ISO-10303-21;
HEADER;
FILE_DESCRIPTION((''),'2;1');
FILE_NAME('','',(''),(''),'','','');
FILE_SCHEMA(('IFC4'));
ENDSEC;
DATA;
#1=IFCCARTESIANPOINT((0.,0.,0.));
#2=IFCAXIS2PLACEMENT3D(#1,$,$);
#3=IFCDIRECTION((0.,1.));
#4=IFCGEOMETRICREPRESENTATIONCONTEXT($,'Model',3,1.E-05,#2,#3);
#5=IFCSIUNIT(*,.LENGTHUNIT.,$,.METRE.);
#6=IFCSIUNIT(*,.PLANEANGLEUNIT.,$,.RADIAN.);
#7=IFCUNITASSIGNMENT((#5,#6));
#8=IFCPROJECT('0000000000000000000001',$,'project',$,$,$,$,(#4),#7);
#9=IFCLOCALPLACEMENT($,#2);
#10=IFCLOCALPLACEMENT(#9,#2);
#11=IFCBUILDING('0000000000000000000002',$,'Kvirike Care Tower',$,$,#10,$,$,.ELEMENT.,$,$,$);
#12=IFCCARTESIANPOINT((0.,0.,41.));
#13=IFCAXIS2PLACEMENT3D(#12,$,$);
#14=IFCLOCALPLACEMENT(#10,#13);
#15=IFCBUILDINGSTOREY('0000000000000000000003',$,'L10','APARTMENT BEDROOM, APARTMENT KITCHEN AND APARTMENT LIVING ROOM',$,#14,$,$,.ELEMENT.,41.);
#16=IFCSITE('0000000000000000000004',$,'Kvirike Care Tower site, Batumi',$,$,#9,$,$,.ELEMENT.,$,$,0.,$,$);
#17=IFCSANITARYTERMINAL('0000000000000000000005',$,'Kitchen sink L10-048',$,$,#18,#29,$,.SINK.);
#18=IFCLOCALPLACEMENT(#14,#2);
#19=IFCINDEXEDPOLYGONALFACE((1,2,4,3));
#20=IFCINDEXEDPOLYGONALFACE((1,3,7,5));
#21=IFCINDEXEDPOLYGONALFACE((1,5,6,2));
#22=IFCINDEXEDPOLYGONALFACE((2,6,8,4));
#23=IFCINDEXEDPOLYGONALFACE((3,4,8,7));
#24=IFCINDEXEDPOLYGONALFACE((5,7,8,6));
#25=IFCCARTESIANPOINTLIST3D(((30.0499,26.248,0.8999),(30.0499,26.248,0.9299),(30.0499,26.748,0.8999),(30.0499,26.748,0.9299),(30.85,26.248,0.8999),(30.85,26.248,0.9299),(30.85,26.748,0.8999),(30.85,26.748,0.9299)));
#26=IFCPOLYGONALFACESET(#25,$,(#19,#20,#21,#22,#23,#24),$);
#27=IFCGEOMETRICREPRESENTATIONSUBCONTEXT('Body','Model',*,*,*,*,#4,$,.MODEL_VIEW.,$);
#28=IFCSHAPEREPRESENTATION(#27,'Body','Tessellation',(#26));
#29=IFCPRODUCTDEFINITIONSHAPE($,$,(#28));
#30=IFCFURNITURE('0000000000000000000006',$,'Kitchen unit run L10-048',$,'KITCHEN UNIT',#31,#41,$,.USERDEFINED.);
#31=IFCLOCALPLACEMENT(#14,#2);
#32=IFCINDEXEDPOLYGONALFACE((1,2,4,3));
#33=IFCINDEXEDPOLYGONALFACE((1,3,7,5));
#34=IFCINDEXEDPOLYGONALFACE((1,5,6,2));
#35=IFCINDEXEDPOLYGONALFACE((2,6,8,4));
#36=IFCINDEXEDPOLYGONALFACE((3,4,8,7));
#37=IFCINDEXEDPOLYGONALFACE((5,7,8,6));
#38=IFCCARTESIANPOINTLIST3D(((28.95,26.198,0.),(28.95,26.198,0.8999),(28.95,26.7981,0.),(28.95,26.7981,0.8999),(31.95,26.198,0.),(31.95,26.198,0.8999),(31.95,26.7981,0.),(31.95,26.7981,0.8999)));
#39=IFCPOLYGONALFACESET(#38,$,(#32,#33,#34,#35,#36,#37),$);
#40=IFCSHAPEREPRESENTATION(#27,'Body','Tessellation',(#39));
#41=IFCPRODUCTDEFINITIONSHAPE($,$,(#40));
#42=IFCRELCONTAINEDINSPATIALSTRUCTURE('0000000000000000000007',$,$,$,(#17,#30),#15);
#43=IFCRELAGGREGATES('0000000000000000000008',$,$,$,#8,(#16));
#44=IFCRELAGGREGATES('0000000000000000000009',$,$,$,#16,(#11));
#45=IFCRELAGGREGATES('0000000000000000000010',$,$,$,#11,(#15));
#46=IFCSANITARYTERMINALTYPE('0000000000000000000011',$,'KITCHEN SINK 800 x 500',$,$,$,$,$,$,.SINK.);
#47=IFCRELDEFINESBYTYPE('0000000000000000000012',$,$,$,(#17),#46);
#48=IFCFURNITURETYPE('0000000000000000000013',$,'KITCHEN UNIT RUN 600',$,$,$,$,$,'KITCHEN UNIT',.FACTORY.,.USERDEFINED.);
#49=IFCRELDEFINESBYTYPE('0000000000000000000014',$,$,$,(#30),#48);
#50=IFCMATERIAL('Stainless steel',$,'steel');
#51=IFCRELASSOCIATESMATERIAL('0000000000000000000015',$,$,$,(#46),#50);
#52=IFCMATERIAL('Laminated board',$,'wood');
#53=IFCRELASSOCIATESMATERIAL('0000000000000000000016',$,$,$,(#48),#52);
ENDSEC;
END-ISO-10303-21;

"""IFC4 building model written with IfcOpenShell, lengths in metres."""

from ifc_helpers import new_model, si_unit, direction, frame, origin, origin_2d, place, context, subcontext, project, spatial, rectangle, extrude, material, type_object, element, save


model = new_model("IFC4")

# Units and contexts
model_context = context("Model", 3, precision=1e-05, world=origin(), true_north=direction((0.0, 1.0)))
body_context = subcontext(model_context, "Body", "Model", "MODEL_VIEW")
ifc_project = project(units=[si_unit("LENGTHUNIT", "METRE"), si_unit("PLANEANGLEUNIT", "RADIAN")], contexts=[model_context])

# Site, building, storey
site_placement = place(None, origin())
site = spatial("IfcSite", under=ifc_project, at=site_placement, Name="Kvirike Care Tower site, Batumi", CompositionType="ELEMENT", RefElevation=0.0)
building_placement = place(site_placement, origin())
building = spatial("IfcBuilding", under=site, at=building_placement, Name="Kvirike Care Tower", CompositionType="ELEMENT")
storey_placement = place(building_placement, frame((0.0, 0.0, 41.0)))
storey = spatial("IfcBuildingStorey", under=building, at=storey_placement, Name="L10", Description="APARTMENT BEDROOM, APARTMENT KITCHEN AND APARTMENT LIVING ROOM", CompositionType="ELEMENT", Elevation=41.0)

# Sanitary terminal
ifc_material_1 = material(Name="Stainless steel", Category="steel")
sanitary_terminal_type = type_object("IfcSanitaryTerminalType", Name="KITCHEN SINK 800 x 500", PredefinedType="SINK", material=ifc_material_1)
sanitary_terminal_placement = place(storey_placement, frame((30.45, 26.498, 0.8999), z_axis=(0.0, 0.0, 1.0), x_axis=(1.0, 0.0, 0.0)))
element("IfcSanitaryTerminal", 1, at=sanitary_terminal_placement, inside=storey, type_object=sanitary_terminal_type, Name="Kitchen sink L10-048", PredefinedType="SINK", context=body_context, shape_type="SweptSolid", body=[
    extrude(rectangle(XDim=0.8, YDim=0.5, at=origin_2d()), origin(), (0.0, 0.0, 1.0), 0.03),
])

# Furniture
ifc_material_2 = material(Name="Laminated board", Category="wood")
furniture_type = type_object("IfcFurnitureType", Name="KITCHEN UNIT RUN 600", ElementType="KITCHEN UNIT", AssemblyPlace="FACTORY", PredefinedType="USERDEFINED", material=ifc_material_2)
furniture_placement = place(storey_placement, frame((30.45, 26.498, 0.0), z_axis=(0.0, 0.0, 1.0), x_axis=(1.0, 0.0, 0.0)))
element("IfcFurniture", 2, at=furniture_placement, inside=storey, type_object=furniture_type, Name="Kitchen unit run L10-048", ObjectType="KITCHEN UNIT", PredefinedType="USERDEFINED", context=body_context, shape_type="SweptSolid", body=[
    extrude(rectangle(XDim=3.0, YDim=0.6001, at=origin_2d()), origin(), (0.0, 0.0, 1.0), 0.8999),
])

save(model, "model.ifc")
